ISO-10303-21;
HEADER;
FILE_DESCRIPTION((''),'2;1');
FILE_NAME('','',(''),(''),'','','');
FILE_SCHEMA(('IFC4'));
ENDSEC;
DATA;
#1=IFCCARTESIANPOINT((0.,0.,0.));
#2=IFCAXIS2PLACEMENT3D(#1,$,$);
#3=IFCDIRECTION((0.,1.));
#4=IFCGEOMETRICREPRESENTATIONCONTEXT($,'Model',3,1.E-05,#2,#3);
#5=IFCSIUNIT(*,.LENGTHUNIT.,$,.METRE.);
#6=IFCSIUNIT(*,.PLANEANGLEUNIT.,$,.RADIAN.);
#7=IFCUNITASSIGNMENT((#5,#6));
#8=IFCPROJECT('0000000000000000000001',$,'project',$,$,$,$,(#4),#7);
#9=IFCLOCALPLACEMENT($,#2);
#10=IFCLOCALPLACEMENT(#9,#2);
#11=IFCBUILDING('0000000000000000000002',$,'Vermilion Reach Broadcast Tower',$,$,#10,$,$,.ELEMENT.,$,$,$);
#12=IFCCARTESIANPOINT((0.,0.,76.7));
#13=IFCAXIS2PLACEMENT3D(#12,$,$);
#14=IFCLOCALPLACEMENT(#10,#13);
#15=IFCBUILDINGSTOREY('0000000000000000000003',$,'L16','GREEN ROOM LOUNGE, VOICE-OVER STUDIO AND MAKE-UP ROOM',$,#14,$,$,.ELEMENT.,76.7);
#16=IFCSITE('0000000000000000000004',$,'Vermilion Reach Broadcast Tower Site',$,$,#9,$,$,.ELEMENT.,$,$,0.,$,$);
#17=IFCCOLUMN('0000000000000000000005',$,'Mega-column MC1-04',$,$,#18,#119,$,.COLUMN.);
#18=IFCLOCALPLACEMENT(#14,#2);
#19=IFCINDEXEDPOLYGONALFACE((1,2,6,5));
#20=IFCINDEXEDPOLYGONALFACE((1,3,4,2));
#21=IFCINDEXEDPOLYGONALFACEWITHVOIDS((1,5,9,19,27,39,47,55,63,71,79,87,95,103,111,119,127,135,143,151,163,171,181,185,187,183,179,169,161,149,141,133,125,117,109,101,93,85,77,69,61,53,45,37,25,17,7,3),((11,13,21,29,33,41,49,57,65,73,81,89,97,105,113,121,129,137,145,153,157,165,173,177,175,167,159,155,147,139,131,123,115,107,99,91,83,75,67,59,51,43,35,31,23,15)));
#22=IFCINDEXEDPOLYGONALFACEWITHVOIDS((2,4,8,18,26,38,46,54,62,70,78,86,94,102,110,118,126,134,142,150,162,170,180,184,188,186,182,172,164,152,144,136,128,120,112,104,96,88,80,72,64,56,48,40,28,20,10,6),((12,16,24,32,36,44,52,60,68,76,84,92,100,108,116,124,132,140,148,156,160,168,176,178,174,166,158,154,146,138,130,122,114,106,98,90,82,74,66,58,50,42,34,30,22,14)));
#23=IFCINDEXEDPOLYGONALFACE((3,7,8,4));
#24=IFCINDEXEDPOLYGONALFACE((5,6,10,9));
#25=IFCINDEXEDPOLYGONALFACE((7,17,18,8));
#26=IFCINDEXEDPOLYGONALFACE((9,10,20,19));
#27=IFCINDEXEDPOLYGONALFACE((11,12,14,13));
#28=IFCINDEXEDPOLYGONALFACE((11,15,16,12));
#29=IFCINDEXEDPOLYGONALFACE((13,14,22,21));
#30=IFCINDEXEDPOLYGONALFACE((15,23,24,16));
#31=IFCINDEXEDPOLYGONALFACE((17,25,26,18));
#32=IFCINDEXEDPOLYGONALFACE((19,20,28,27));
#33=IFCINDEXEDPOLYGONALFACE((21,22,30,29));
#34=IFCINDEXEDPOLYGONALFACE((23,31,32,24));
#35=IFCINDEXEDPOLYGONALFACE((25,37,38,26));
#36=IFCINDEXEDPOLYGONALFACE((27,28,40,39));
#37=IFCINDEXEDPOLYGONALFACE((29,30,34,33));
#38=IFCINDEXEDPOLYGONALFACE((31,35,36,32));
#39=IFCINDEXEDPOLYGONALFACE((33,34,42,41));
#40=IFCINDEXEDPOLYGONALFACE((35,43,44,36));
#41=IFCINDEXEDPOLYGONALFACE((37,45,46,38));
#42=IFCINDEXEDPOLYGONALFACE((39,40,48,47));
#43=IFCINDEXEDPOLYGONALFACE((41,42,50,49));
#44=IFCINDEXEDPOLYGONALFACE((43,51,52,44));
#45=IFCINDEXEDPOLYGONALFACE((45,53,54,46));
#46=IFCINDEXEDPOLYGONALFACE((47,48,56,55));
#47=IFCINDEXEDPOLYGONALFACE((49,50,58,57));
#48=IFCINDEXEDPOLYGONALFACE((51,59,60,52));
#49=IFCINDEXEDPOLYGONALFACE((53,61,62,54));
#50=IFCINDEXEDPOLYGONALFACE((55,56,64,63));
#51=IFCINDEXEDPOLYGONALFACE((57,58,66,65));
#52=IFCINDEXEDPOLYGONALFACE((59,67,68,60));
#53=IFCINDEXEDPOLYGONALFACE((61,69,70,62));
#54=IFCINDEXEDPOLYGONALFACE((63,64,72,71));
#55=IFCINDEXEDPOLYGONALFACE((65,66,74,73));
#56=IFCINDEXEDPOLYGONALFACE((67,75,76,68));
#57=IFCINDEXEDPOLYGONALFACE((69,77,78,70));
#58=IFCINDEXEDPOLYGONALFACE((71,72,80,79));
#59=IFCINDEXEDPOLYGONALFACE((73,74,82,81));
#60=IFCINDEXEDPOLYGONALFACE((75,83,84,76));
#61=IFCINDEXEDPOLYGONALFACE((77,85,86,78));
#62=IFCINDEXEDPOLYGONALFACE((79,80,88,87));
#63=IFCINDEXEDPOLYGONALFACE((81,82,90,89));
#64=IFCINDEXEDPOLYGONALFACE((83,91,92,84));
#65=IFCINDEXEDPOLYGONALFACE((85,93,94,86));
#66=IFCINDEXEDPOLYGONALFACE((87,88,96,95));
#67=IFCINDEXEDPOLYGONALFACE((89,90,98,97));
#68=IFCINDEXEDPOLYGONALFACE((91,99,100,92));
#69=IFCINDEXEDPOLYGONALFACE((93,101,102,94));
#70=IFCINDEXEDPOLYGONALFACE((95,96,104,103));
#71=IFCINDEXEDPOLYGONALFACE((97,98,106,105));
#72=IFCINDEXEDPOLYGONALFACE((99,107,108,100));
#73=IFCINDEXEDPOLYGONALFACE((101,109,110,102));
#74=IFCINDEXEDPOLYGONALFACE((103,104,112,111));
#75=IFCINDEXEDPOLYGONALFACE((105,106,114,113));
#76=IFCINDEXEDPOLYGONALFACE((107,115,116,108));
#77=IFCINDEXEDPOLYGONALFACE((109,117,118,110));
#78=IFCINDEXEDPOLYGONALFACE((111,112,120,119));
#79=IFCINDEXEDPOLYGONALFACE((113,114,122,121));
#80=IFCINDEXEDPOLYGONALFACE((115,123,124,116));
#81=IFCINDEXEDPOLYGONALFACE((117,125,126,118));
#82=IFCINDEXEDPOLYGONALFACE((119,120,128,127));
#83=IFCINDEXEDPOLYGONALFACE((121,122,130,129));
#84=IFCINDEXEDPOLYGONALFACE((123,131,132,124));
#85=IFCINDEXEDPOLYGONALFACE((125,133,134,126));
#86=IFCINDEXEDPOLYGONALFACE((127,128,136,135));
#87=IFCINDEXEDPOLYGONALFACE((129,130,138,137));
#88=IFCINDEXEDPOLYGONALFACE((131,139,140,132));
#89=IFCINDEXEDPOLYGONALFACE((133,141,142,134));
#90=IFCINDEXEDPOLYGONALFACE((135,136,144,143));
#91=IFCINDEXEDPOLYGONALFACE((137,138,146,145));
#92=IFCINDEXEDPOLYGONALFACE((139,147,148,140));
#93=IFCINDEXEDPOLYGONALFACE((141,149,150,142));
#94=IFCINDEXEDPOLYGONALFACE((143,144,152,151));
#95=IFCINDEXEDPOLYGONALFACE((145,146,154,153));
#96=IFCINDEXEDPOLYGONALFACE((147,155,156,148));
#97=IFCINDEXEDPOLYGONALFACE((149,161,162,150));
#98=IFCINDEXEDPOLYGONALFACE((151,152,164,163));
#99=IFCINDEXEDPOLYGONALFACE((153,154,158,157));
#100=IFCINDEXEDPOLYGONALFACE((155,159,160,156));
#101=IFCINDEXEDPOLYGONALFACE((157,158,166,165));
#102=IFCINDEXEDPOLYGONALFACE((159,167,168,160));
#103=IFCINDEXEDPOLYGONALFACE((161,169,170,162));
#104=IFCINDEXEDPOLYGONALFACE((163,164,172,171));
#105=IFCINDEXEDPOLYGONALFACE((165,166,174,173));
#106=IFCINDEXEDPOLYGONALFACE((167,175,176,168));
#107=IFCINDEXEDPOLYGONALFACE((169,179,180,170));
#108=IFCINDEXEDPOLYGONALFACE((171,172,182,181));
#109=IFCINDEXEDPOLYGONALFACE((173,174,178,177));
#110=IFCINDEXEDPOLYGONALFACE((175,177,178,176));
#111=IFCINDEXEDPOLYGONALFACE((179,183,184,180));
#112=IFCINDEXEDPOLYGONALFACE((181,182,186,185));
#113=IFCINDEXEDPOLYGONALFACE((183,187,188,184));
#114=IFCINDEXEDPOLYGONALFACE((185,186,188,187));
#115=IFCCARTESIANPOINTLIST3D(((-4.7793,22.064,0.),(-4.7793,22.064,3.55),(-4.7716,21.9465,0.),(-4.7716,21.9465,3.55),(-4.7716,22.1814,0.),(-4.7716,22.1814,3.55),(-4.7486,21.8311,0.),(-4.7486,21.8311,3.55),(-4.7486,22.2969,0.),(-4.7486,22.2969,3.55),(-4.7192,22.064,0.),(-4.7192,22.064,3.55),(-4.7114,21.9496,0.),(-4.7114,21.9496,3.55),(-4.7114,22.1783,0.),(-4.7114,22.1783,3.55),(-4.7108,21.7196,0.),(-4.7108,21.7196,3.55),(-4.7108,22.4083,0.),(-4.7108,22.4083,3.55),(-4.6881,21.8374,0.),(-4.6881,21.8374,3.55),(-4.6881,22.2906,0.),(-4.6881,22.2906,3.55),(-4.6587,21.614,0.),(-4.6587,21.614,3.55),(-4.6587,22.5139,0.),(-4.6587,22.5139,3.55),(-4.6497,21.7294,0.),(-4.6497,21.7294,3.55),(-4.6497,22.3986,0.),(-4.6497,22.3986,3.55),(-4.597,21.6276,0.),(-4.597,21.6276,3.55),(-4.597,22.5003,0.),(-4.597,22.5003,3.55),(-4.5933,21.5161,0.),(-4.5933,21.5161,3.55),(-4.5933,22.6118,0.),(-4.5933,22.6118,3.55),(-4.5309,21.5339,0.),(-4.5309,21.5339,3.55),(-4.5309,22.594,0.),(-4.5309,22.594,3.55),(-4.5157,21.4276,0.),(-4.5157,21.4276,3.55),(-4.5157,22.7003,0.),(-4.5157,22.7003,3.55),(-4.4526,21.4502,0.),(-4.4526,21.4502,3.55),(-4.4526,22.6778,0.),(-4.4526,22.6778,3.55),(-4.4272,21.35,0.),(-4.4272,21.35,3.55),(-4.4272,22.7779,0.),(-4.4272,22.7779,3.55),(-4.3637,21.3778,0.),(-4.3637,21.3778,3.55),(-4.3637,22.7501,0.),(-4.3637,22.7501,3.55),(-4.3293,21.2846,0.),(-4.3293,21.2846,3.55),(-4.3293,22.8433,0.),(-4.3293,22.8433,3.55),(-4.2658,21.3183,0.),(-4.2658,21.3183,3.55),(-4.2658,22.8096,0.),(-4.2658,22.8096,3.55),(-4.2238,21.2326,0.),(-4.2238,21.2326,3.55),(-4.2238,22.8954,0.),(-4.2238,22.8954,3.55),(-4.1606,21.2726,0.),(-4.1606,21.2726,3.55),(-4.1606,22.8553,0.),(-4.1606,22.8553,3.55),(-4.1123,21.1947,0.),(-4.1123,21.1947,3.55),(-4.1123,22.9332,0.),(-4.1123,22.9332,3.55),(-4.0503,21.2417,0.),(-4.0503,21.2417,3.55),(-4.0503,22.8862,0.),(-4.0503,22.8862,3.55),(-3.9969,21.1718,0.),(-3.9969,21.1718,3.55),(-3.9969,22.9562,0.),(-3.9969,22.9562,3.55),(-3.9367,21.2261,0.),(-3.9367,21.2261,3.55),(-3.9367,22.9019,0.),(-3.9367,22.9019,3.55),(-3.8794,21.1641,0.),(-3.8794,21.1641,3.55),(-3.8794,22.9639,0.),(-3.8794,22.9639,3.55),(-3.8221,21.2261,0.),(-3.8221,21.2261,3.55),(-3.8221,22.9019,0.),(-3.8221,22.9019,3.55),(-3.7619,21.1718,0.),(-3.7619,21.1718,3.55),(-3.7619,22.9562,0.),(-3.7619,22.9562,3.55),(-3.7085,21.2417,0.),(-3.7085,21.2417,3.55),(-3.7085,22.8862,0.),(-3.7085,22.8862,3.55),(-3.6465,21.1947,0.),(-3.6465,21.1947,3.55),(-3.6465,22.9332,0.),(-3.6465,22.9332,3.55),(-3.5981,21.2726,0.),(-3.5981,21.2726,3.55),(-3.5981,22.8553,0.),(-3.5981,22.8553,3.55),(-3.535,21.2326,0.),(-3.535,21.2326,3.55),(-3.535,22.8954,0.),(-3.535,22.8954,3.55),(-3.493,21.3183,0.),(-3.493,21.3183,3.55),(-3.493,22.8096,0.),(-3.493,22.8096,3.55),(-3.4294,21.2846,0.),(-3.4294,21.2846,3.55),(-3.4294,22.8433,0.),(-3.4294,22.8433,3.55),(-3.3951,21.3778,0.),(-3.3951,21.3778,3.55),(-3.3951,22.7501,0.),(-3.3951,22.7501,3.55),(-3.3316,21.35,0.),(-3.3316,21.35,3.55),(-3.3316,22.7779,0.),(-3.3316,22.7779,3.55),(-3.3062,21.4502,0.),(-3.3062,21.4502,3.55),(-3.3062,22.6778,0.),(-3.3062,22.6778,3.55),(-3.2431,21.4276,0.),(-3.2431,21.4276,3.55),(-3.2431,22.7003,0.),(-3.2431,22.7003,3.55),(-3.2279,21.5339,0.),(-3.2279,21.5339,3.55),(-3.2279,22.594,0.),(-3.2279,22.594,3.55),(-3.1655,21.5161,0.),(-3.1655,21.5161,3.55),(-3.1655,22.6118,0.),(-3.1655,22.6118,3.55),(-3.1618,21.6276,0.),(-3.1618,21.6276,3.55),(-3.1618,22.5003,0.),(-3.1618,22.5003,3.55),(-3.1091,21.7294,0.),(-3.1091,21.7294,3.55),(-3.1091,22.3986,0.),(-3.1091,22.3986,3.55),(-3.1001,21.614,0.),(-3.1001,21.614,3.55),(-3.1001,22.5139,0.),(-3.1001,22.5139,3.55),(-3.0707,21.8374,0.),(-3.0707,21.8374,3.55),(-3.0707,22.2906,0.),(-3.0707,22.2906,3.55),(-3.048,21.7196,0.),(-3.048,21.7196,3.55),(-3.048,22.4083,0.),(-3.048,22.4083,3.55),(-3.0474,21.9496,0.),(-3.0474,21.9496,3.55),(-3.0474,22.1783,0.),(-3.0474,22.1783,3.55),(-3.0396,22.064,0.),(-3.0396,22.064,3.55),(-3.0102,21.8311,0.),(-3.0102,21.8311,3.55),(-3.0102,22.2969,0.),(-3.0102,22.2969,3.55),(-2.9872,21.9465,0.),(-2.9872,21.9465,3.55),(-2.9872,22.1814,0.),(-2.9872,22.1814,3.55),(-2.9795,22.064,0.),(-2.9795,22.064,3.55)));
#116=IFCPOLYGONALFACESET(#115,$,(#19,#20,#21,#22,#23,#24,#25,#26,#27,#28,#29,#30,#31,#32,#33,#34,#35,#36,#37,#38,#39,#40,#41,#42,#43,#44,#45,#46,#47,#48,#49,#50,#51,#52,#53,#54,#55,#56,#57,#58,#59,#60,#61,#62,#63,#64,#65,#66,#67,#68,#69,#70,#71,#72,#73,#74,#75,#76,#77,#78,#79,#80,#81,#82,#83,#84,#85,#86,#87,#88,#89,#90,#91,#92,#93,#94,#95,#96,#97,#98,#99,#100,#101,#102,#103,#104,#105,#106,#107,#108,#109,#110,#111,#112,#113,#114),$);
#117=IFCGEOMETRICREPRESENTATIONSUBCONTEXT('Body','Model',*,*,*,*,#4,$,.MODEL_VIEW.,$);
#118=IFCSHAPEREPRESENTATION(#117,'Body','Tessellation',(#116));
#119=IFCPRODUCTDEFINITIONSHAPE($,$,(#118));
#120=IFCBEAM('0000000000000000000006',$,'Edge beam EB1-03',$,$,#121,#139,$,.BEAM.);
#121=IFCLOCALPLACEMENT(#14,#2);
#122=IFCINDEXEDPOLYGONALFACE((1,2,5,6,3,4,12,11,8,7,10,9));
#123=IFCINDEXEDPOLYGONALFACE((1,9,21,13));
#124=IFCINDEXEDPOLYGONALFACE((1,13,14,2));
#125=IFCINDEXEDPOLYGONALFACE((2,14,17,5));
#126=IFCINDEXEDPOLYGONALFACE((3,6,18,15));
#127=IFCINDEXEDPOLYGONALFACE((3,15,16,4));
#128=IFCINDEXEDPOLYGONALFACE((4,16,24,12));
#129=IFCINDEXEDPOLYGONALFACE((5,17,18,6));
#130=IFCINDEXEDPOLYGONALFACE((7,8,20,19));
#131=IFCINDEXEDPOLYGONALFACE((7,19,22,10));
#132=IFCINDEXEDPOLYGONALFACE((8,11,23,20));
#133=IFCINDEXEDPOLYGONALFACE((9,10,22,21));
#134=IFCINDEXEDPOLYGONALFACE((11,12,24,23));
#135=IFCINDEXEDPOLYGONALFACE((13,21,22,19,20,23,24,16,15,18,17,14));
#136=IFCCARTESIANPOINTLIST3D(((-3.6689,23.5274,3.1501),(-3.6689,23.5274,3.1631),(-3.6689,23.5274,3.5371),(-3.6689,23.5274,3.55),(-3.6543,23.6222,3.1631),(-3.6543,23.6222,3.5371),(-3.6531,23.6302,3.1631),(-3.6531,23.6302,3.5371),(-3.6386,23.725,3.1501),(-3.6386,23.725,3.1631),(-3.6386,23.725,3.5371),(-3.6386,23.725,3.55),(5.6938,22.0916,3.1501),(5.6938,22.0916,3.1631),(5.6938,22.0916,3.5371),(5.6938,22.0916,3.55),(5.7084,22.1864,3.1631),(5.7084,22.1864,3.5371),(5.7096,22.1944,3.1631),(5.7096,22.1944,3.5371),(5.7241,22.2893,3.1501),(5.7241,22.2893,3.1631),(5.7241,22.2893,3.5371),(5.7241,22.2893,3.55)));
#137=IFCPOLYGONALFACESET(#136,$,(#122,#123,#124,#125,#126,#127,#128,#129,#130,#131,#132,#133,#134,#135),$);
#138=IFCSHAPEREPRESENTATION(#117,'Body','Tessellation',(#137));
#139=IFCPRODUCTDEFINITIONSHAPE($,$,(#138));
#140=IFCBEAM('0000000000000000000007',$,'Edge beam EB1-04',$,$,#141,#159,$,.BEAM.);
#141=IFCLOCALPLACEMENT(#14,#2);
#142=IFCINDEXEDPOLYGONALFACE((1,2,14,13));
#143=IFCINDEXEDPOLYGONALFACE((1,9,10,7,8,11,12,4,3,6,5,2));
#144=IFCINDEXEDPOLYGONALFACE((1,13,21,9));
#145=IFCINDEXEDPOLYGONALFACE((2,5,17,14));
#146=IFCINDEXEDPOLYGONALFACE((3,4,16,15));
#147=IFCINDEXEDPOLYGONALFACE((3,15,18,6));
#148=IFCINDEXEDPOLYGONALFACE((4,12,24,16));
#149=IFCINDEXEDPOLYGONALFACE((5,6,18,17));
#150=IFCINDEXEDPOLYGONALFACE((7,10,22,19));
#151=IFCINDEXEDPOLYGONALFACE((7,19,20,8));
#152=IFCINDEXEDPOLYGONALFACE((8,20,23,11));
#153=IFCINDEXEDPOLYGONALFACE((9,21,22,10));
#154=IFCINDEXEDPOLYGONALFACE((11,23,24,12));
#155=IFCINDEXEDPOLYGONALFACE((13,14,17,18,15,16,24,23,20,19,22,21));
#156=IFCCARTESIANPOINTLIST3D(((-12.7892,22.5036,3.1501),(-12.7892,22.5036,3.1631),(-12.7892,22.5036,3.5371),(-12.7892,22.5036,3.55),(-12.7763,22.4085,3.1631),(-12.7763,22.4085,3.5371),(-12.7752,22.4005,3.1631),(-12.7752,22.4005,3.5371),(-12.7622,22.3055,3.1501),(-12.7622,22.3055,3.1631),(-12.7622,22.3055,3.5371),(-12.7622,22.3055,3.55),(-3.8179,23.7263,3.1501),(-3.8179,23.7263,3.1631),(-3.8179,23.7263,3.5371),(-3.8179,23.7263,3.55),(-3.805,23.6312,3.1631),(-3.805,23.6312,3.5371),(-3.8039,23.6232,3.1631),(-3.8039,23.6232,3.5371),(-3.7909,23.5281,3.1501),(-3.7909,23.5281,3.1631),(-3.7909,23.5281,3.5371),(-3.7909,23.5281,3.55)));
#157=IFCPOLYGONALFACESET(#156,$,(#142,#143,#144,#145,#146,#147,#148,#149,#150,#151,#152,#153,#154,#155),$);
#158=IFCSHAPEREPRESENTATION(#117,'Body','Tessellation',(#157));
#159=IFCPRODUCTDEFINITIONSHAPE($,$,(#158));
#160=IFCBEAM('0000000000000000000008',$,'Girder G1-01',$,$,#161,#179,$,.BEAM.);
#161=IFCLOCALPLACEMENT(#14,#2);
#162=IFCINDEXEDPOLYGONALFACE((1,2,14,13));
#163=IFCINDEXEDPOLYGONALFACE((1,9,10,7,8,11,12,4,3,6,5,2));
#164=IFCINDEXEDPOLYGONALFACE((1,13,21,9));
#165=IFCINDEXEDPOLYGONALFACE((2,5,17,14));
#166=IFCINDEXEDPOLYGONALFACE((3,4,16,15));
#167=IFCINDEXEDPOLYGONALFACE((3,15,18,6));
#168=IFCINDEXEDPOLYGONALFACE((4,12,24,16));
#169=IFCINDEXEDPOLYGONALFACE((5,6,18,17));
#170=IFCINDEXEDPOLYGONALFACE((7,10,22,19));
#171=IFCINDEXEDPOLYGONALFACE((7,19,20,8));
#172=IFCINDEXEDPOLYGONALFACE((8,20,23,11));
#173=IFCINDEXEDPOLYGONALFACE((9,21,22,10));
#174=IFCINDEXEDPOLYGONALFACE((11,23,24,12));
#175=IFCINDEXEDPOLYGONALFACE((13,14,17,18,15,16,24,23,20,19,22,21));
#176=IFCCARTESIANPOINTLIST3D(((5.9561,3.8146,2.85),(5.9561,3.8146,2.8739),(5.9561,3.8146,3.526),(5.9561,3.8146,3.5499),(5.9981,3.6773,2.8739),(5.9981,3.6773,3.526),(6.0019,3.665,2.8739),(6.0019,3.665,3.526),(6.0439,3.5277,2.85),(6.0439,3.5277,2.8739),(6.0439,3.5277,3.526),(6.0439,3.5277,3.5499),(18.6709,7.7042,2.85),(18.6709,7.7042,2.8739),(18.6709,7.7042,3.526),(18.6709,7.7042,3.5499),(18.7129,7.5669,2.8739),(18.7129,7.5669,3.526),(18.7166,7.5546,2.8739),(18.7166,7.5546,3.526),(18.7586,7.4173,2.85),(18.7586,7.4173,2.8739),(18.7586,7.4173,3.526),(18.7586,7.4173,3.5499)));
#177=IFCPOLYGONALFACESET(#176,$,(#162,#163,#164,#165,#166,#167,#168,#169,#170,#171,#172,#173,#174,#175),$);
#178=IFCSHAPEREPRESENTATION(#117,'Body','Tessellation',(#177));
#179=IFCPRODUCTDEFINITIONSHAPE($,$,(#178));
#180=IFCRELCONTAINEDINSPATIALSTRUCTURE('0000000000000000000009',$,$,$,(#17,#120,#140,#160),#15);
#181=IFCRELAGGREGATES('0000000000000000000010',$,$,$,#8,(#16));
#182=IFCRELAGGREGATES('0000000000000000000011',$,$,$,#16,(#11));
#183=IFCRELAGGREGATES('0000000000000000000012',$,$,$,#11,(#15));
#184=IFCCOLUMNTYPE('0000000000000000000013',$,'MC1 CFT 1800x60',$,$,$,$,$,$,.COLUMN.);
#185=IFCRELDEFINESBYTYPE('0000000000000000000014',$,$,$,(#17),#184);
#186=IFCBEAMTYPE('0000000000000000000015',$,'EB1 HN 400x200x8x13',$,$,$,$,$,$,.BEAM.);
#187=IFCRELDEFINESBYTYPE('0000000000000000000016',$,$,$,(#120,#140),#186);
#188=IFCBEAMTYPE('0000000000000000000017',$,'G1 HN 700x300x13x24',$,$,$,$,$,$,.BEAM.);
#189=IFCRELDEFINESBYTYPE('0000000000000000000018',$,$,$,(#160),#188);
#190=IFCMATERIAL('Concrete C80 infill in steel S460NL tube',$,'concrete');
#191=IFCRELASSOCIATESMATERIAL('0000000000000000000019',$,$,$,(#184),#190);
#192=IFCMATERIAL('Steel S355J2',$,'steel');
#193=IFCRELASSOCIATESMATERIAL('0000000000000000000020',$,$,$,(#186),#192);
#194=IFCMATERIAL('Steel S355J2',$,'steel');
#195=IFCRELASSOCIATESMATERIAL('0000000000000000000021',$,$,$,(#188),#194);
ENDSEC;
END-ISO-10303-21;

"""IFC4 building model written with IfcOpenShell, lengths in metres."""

from ifc_helpers import new_model, si_unit, direction, frame, origin, origin_2d, place, context, subcontext, project, spatial, hollow_circle, i_section, extrude, material, material_profile, profile_set, type_object, element, save


model = new_model("IFC4")

# Units and contexts
model_context = context("Model", 3, precision=1e-05, world=origin(), true_north=direction((0.0, 1.0)))
body_context = subcontext(model_context, "Body", "Model", "MODEL_VIEW")
ifc_project = project(units=[si_unit("LENGTHUNIT", "METRE"), si_unit("PLANEANGLEUNIT", "RADIAN")], contexts=[model_context])

# Site, building, storey
site_placement = place(None, origin())
site = spatial("IfcSite", under=ifc_project, at=site_placement, Name="Vermilion Reach Broadcast Tower Site", CompositionType="ELEMENT", RefElevation=0.0)
building_placement = place(site_placement, origin())
building = spatial("IfcBuilding", under=site, at=building_placement, Name="Vermilion Reach Broadcast Tower", CompositionType="ELEMENT")
storey_placement = place(building_placement, frame((0.0, 0.0, 76.7)))
storey = spatial("IfcBuildingStorey", under=building, at=storey_placement, Name="L16", Description="GREEN ROOM LOUNGE, VOICE-OVER STUDIO AND MAKE-UP ROOM", CompositionType="ELEMENT", Elevation=76.7)

# Column
ifc_material_1 = material(Name="Concrete C80 infill in steel S460NL tube", Category="concrete")
ifc_material_profile_1 = material_profile(ifc_material_1, hollow_circle(Radius=0.8999, WallThickness=0.0601, at=origin_2d()), Name="Concrete C80 infill in steel S460NL tube CFT 1800x60")
ifc_profile_set_1 = profile_set([ifc_material_profile_1], Name="Concrete C80 infill in steel S460NL tube")
column_type = type_object("IfcColumnType", Name="MC1 CFT 1800x60", PredefinedType="COLUMN", material=ifc_profile_set_1)
for number, where, z_axis, x_axis, name in (
    (1, (-3.8794, 22.064, 0.0), (0.0, 0.0, 1.0), (1.0, 0.0, 0.0), "Mega-column MC1-04"),
):
    element("IfcColumn", number, at=place(storey_placement, frame(where, z_axis=z_axis, x_axis=x_axis)), inside=storey, type_object=column_type, Name=name, PredefinedType="COLUMN", context=body_context, shape_type="SweptSolid", body=[
        extrude(hollow_circle(Radius=0.8999, WallThickness=0.0601, at=origin_2d()), origin(), (0.0, 0.0, 1.0), 3.55),
    ])

# Beams
ifc_material_2 = material(Name="Steel S355J2", Category="steel")
ifc_material_profile_2 = material_profile(ifc_material_2, i_section(OverallWidth=0.2, OverallDepth=0.3999, WebThickness=0.0081, FlangeThickness=0.0129, at=origin_2d()), Name="S355J2 HN 400x200x8x13")
ifc_profile_set_2 = profile_set([ifc_material_profile_2], Name="Steel S355J2")
beam_type_1 = type_object("IfcBeamType", Name="EB1 HN 400x200x8x13", PredefinedType="BEAM", material=ifc_profile_set_2)
beam_1_placement = place(storey_placement, frame((5.709, 22.1904, 3.3501), z_axis=(-0.988445, 0.151579, 0.0), x_axis=(-0.151579, -0.988445, 0.0)))
element("IfcBeam", 2, at=beam_1_placement, inside=storey, type_object=beam_type_1, Name="Edge beam EB1-03", PredefinedType="BEAM", context=body_context, shape_type="SweptSolid", body=[
    extrude(i_section(OverallWidth=0.2, OverallDepth=0.3999, WebThickness=0.0081, FlangeThickness=0.0129, at=origin_2d()), origin(), (0.0, 0.0, 1.0), 9.4722),
])
beam_2_placement = place(storey_placement, frame((-3.8044, 23.6272, 3.3501), z_axis=(-0.99084, -0.135039, 0.0), x_axis=(0.135039, -0.99084, 0.0)))
element("IfcBeam", 3, at=beam_2_placement, inside=storey, type_object=beam_type_1, Name="Edge beam EB1-04", PredefinedType="BEAM", context=body_context, shape_type="SweptSolid", body=[
    extrude(i_section(OverallWidth=0.2, OverallDepth=0.3999, WebThickness=0.0081, FlangeThickness=0.0129, at=origin_2d()), origin(), (0.0, 0.0, 1.0), 9.0542),
])
ifc_material_3 = material(Name="Steel S355J2", Category="steel")
ifc_material_profile_3 = material_profile(ifc_material_3, i_section(OverallWidth=0.3, OverallDepth=0.7, WebThickness=0.0129, FlangeThickness=0.0239, at=origin_2d()), Name="S355J2 HN 700x300x13x24")
ifc_profile_set_3 = profile_set([ifc_material_profile_3], Name="Steel S355J2")
beam_type_2 = type_object("IfcBeamType", Name="G1 HN 700x300x13x24", PredefinedType="BEAM", material=ifc_profile_set_3)
beam_3_placement = place(storey_placement, frame((6.0, 3.6711, 3.2), z_axis=(0.956256, 0.292532, 0.0), x_axis=(-0.292532, 0.956256, 0.0)))
element("IfcBeam", 4, at=beam_3_placement, inside=storey, type_object=beam_type_2, Name="Girder G1-01", PredefinedType="BEAM", context=body_context, shape_type="SweptSolid", body=[
    extrude(i_section(OverallWidth=0.3, OverallDepth=0.7, WebThickness=0.0129, FlangeThickness=0.0239, at=origin_2d()), origin(), (0.0, 0.0, 1.0), 13.2964),
])

save(model, "model.ifc")
